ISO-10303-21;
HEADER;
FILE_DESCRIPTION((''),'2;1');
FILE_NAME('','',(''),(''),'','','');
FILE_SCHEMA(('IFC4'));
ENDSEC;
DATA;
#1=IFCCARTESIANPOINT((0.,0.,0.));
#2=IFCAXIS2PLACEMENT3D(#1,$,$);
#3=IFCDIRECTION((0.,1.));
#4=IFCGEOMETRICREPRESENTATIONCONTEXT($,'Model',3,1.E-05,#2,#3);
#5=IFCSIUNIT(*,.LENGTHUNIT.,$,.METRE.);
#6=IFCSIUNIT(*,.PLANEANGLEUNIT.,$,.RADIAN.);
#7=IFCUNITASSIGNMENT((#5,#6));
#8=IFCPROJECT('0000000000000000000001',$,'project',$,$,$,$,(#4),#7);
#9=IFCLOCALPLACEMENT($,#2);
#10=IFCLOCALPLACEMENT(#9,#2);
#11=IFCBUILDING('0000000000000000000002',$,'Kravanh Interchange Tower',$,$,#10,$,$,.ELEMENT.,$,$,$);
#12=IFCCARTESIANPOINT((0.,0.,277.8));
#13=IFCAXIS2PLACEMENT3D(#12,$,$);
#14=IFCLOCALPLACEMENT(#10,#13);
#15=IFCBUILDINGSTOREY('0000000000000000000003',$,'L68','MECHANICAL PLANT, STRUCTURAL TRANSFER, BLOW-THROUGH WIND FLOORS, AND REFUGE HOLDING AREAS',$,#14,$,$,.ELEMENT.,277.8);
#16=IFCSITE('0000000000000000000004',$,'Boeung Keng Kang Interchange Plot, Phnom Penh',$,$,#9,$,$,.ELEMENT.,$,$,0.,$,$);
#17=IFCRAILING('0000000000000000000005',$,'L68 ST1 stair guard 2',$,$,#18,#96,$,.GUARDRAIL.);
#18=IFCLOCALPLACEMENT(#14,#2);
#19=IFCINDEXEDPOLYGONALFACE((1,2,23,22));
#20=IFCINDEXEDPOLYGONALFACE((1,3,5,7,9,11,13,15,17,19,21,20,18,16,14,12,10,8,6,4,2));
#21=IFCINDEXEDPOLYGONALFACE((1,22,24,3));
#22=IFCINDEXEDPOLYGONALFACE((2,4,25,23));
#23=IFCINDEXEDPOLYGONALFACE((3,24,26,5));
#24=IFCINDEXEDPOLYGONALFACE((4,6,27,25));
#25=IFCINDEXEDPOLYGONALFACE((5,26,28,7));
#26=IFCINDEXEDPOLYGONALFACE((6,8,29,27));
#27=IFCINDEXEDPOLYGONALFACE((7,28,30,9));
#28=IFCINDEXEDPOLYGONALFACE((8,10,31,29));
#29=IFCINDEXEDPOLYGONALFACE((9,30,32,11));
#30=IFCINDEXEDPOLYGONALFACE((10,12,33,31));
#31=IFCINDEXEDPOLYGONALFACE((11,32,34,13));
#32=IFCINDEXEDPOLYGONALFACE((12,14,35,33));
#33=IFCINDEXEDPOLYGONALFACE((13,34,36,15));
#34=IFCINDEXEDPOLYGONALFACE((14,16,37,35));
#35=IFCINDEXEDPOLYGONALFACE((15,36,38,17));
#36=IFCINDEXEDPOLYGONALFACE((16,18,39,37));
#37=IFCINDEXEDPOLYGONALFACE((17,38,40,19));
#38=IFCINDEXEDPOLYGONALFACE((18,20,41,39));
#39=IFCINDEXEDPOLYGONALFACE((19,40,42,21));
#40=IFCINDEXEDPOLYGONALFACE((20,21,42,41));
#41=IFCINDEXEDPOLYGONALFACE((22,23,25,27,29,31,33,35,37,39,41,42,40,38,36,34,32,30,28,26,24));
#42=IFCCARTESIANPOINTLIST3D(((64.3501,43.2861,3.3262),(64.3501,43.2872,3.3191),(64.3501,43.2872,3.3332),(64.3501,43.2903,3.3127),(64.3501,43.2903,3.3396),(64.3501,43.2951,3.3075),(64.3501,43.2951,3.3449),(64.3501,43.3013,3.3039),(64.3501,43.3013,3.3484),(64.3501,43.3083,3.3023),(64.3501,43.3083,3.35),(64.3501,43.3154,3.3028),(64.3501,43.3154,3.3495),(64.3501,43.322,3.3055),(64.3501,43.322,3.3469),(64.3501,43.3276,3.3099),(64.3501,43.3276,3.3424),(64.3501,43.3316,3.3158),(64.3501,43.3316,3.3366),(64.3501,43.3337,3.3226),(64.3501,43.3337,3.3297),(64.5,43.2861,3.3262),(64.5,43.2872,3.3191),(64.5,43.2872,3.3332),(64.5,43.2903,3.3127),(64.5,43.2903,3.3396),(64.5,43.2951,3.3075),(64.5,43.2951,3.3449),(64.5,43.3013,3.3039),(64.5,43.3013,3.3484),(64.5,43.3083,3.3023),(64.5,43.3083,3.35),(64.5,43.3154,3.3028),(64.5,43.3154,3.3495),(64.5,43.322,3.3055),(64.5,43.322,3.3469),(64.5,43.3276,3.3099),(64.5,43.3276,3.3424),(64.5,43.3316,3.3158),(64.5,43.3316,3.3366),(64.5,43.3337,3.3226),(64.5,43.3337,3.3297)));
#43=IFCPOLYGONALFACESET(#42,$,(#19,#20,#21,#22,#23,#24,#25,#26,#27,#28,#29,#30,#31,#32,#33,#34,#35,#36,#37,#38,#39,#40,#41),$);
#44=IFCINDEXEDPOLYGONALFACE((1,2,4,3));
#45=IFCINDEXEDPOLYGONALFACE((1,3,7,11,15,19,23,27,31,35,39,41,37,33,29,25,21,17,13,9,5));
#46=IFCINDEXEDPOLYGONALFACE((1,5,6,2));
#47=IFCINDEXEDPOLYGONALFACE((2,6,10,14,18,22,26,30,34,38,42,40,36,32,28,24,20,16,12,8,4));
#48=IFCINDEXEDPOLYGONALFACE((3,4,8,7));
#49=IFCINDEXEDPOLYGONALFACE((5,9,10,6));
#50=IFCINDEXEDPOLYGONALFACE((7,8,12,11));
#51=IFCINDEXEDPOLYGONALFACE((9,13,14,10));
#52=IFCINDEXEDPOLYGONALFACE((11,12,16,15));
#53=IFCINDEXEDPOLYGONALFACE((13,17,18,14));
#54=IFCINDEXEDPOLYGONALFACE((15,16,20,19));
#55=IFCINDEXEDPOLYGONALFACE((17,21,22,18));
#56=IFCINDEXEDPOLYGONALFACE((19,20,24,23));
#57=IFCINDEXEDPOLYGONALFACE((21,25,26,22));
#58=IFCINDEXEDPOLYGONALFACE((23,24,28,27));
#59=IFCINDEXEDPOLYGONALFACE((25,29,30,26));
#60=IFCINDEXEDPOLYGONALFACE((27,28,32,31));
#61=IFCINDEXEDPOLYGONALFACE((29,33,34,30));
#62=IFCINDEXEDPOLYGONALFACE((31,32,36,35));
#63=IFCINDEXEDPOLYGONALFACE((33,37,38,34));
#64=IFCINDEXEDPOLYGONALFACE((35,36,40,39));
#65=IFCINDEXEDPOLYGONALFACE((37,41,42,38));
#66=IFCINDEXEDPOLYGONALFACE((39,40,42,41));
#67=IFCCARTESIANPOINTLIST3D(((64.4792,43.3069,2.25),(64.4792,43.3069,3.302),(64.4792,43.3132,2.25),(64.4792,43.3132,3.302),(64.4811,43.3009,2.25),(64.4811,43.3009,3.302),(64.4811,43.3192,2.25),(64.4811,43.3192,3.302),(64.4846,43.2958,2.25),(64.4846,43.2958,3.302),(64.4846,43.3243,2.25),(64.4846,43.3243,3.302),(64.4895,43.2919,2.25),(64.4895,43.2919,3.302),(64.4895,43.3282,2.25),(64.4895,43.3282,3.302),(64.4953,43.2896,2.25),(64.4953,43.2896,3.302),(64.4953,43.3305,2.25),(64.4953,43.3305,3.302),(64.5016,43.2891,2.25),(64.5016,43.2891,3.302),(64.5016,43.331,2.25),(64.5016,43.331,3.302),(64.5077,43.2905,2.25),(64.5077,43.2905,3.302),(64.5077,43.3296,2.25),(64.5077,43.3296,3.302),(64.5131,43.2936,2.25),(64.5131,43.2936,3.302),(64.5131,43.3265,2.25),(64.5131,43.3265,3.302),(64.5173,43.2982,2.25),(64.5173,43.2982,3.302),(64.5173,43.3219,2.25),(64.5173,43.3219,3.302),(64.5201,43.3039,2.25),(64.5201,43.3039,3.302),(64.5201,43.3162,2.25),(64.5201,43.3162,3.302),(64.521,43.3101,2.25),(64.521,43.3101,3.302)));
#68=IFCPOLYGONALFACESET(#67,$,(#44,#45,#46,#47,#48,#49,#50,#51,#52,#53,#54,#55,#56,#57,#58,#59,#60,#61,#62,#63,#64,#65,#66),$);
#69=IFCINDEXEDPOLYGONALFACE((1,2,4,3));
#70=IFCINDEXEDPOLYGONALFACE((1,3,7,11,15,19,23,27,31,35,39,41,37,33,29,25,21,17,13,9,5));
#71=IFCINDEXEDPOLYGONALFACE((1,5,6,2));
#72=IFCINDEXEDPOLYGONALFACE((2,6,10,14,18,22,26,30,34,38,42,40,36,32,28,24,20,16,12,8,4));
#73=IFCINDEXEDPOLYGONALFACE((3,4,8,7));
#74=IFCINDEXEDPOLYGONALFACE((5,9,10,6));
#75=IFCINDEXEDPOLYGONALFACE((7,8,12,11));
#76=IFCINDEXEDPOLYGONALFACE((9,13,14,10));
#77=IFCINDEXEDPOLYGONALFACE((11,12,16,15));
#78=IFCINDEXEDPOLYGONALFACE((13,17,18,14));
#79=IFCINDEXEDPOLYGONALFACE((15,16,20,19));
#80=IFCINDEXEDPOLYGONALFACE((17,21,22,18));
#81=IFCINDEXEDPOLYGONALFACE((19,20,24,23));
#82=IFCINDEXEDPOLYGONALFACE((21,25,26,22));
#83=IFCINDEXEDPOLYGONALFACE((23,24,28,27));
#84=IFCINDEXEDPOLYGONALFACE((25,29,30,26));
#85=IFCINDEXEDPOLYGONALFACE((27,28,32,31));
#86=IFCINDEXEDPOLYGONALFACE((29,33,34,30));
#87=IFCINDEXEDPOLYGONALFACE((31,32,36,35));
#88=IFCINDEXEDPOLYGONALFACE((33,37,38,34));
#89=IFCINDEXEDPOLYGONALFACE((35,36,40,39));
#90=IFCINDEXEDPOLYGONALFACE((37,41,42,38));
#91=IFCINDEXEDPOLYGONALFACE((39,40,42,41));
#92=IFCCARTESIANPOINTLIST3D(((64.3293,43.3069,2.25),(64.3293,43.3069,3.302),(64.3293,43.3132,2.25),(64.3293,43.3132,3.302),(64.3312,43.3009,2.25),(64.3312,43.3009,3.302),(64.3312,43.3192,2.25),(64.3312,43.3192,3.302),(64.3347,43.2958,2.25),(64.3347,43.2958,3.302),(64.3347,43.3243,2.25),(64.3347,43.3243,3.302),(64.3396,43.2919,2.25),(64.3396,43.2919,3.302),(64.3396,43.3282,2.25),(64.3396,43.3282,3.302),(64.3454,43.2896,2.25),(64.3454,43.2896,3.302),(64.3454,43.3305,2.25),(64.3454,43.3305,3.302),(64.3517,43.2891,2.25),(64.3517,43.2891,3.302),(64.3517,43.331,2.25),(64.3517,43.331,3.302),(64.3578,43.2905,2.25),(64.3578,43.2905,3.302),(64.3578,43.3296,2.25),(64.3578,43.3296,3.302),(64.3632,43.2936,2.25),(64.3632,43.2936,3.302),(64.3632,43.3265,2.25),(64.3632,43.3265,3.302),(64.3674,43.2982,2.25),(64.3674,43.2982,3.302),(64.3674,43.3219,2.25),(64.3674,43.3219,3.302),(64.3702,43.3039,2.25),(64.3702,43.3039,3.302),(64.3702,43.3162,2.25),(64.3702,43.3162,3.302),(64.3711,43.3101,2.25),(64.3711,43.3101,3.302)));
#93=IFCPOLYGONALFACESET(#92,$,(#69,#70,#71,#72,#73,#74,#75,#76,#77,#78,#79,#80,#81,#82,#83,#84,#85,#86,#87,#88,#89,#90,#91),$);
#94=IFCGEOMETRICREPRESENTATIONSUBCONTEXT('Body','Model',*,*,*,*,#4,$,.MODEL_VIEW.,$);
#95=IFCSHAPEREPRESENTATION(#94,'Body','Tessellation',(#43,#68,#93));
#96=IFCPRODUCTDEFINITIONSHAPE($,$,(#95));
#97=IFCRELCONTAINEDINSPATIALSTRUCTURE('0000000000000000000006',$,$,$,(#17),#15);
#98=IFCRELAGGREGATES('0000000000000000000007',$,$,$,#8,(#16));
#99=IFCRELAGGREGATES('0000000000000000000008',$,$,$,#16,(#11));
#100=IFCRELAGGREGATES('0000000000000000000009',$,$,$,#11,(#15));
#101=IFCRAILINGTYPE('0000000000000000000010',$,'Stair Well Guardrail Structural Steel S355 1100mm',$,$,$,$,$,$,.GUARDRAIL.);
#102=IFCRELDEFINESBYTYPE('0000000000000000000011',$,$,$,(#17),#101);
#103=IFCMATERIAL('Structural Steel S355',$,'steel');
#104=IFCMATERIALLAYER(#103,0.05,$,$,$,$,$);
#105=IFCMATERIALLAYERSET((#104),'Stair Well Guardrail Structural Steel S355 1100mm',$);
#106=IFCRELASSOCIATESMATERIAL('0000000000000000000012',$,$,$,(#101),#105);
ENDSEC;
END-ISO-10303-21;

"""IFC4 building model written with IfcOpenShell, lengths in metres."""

from ifc_helpers import new_model, si_unit, direction, frame, origin, origin_2d, place, context, subcontext, project, spatial, circle, extrude, material, layer, layer_set, type_object, element, save


model = new_model("IFC4")

# Units and contexts
model_context = context("Model", 3, precision=1e-05, world=origin(), true_north=direction((0.0, 1.0)))
body_context = subcontext(model_context, "Body", "Model", "MODEL_VIEW")
ifc_project = project(units=[si_unit("LENGTHUNIT", "METRE"), si_unit("PLANEANGLEUNIT", "RADIAN")], contexts=[model_context])

# Site, building, storey
site_placement = place(None, origin())
site = spatial("IfcSite", under=ifc_project, at=site_placement, Name="Boeung Keng Kang Interchange Plot, Phnom Penh", CompositionType="ELEMENT", RefElevation=0.0)
building_placement = place(site_placement, origin())
building = spatial("IfcBuilding", under=site, at=building_placement, Name="Kravanh Interchange Tower", CompositionType="ELEMENT")
storey_placement = place(building_placement, frame((0.0, 0.0, 277.8)))
storey = spatial("IfcBuildingStorey", under=building, at=storey_placement, Name="L68", Description="MECHANICAL PLANT, STRUCTURAL TRANSFER, BLOW-THROUGH WIND FLOORS, AND REFUGE HOLDING AREAS", CompositionType="ELEMENT", Elevation=277.8)

# Railing
ifc_material_1 = material(Name="Structural Steel S355", Category="steel")
ifc_layer_1 = layer(ifc_material_1, 0.05)
ifc_layer_set_1 = layer_set([ifc_layer_1], Name="Stair Well Guardrail Structural Steel S355 1100mm")
railing_type_1 = type_object("IfcRailingType", Name="Stair Well Guardrail Structural Steel S355 1100mm", PredefinedType="GUARDRAIL", material=ifc_layer_set_1)
railing_1_placement = place(storey_placement, frame((64.5, 43.3101, 2.25)))
element("IfcRailing", 1, at=railing_1_placement, inside=storey, type_object=railing_type_1, Name="L68 ST1 stair guard 2", PredefinedType="GUARDRAIL", context=body_context, shape_type="SweptSolid", body=[
    extrude(circle(Radius=0.0239, at=origin_2d()), frame((0.0, 0.0, 1.0762), z_axis=(-1.0, 0.0, 0.0), x_axis=(0.0, -1.0, 0.0)), (0.0, 0.0, 1.0), 0.1499),
    extrude(circle(Radius=0.021, at=origin_2d()), origin(), (0.0, 0.0, 1.0), 1.052),
    extrude(circle(Radius=0.021, at=origin_2d()), frame((-0.1499, 0.0, 0.0)), (0.0, 0.0, 1.0), 1.052),
])

save(model, "model.ifc")
